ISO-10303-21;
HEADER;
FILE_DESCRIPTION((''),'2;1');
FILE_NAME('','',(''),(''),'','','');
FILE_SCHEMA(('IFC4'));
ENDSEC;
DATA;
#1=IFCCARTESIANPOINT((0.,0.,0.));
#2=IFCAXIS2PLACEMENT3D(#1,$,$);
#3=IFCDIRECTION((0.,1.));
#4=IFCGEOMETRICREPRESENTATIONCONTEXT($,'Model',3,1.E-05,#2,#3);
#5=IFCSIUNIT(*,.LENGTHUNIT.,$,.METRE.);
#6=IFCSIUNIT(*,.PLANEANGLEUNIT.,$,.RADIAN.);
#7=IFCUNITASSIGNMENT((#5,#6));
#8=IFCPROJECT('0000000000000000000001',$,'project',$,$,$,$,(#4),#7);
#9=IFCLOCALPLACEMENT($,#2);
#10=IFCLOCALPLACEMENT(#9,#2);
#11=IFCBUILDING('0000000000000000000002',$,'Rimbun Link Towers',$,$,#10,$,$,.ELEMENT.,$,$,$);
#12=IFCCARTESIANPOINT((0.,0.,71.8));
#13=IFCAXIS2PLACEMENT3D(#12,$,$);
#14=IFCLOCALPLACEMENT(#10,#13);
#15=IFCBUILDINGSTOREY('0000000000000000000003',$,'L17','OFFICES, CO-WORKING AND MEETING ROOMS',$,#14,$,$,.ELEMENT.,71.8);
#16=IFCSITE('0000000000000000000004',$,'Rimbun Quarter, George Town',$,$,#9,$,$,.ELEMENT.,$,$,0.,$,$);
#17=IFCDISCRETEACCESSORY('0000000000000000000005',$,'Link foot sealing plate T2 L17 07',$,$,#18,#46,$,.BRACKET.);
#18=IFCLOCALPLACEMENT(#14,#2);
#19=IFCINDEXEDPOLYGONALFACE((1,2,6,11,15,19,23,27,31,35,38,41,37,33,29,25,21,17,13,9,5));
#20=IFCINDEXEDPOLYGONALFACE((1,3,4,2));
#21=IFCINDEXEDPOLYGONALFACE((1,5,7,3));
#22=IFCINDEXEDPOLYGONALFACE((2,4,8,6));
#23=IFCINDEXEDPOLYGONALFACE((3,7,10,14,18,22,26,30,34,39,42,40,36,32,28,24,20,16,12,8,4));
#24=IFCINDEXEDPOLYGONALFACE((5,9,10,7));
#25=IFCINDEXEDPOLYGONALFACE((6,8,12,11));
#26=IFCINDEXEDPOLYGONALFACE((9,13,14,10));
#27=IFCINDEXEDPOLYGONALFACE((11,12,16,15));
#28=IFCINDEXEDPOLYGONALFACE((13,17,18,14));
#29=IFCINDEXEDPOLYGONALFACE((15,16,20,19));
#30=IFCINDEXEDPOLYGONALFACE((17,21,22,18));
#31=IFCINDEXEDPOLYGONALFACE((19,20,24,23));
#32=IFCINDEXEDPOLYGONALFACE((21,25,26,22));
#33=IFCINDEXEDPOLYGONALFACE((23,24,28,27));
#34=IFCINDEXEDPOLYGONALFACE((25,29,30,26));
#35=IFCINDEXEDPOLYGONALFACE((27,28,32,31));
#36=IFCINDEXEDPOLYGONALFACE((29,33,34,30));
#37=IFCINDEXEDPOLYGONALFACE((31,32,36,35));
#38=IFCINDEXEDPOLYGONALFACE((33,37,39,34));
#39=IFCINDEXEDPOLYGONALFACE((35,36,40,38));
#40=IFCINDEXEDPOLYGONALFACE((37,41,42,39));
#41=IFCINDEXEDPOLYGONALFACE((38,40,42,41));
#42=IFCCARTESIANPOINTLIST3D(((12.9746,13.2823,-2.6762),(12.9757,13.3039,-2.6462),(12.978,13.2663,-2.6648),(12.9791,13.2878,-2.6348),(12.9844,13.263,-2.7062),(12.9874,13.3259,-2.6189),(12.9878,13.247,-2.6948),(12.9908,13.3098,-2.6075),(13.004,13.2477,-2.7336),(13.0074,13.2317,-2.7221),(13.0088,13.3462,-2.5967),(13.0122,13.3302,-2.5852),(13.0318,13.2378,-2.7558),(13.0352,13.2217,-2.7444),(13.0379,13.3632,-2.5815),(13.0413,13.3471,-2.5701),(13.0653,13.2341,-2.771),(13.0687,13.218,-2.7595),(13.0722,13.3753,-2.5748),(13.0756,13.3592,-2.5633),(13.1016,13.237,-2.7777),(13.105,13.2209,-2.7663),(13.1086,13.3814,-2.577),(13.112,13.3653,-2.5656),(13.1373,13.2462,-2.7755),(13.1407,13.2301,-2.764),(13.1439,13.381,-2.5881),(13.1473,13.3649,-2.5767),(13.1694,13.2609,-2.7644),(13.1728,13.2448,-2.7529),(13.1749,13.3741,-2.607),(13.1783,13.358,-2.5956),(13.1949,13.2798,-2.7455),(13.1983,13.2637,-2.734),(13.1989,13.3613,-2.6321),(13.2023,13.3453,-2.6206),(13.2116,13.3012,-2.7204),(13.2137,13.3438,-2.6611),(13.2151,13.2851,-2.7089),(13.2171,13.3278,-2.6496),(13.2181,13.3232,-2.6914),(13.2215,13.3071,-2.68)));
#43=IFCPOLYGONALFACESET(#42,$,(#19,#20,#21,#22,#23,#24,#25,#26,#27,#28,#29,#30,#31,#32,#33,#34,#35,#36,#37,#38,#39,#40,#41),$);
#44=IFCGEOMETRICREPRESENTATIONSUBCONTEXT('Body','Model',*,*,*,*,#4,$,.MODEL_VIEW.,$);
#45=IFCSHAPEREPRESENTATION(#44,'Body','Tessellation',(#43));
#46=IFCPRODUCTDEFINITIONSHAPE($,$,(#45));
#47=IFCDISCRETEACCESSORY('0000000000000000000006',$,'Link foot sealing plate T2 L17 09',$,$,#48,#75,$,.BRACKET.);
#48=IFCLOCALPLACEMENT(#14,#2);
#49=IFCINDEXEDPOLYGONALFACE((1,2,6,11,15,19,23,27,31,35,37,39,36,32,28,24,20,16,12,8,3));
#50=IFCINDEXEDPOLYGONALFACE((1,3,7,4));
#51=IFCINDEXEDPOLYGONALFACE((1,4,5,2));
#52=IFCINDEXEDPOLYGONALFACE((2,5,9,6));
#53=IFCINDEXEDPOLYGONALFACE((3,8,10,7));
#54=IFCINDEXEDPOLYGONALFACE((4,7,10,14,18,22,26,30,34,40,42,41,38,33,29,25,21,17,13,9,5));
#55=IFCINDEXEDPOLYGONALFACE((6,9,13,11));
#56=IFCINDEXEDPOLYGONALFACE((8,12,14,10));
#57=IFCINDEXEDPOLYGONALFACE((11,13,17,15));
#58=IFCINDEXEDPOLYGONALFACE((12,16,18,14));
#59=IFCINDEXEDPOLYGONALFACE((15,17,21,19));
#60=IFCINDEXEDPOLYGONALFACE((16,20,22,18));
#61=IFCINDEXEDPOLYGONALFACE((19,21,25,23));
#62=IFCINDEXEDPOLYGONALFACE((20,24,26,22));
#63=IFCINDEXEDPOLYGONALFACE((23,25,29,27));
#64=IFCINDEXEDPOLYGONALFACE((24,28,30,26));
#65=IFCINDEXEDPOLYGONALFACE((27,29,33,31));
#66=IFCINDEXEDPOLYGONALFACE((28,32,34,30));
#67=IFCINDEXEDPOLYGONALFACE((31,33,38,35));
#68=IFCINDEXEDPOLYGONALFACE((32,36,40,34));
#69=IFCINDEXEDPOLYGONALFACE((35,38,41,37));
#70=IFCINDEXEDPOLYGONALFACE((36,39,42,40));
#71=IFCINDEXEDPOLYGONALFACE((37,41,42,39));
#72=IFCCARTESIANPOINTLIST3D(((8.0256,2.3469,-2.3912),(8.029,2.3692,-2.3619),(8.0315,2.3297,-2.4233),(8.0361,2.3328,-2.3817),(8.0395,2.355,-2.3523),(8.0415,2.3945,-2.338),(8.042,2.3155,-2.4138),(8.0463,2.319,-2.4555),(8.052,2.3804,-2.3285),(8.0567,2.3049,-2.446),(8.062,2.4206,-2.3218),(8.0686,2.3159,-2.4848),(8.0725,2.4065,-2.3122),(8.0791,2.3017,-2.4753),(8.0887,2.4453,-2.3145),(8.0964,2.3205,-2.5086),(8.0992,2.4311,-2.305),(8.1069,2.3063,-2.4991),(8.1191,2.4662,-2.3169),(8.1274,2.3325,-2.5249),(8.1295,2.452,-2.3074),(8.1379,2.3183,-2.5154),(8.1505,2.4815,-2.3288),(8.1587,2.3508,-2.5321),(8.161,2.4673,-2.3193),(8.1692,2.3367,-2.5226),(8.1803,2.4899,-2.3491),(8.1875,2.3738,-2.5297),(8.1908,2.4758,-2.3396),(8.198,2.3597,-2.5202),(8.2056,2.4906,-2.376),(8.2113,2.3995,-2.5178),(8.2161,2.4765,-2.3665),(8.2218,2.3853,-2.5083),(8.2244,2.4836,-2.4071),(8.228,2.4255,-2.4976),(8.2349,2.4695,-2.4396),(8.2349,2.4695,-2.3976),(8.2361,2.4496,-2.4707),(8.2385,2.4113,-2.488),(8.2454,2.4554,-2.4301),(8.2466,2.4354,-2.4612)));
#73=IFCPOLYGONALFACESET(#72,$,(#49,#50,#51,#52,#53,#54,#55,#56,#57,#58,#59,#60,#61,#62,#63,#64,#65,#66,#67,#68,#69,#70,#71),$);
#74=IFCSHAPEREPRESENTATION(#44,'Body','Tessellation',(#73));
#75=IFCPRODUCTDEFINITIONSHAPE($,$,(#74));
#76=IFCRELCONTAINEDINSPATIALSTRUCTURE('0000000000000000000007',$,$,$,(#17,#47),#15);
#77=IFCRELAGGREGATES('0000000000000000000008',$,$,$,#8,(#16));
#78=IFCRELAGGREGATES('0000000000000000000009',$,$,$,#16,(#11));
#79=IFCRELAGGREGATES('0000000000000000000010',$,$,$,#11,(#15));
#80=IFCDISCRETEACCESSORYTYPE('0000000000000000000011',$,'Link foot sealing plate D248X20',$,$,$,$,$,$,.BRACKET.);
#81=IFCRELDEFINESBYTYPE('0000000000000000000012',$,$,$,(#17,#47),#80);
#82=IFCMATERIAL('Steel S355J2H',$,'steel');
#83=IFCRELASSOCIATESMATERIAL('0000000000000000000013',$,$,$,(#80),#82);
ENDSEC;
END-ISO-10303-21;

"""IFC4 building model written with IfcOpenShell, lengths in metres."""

from ifc_helpers import new_model, si_unit, direction, frame, origin, origin_2d, place, context, subcontext, project, spatial, circle, extrude, material, material_profile, profile_set, type_object, element, save


model = new_model("IFC4")

# Units and contexts
model_context = context("Model", 3, precision=1e-05, world=origin(), true_north=direction((0.0, 1.0)))
body_context = subcontext(model_context, "Body", "Model", "MODEL_VIEW")
ifc_project = project(units=[si_unit("LENGTHUNIT", "METRE"), si_unit("PLANEANGLEUNIT", "RADIAN")], contexts=[model_context])

# Site, building, storey
site_placement = place(None, origin())
site = spatial("IfcSite", under=ifc_project, at=site_placement, Name="Rimbun Quarter, George Town", CompositionType="ELEMENT", RefElevation=0.0)
building_placement = place(site_placement, origin())
building = spatial("IfcBuilding", under=site, at=building_placement, Name="Rimbun Link Towers", CompositionType="ELEMENT")
storey_placement = place(building_placement, frame((0.0, 0.0, 71.8)))
storey = spatial("IfcBuildingStorey", under=building, at=storey_placement, Name="L17", Description="OFFICES, CO-WORKING AND MEETING ROOMS", CompositionType="ELEMENT", Elevation=71.8)

# Discrete accessories
ifc_material_1 = material(Name="Steel S355J2H", Category="steel")
ifc_material_profile_1 = material_profile(ifc_material_1, circle(Radius=0.124, at=origin_2d()), Name="PL D248")
ifc_profile_set_1 = profile_set([ifc_material_profile_1], Name="Steel S355J2H")
discrete_accessory_type = type_object("IfcDiscreteAccessoryType", Name="Link foot sealing plate D248X20", PredefinedType="BRACKET", material=ifc_profile_set_1)
for number, where, z_axis, x_axis, name in (
    (1, (13.0994, 13.292, -2.6648), (-0.170264, 0.802673, -0.5716), (-0.978234, -0.207504, 0.0), "Link foot sealing plate T2 L17 07"),
    (2, (8.1416, 2.3894, -2.4138), (-0.524001, 0.706792, -0.475256), (-0.803312, -0.595559, 0.0), "Link foot sealing plate T2 L17 09"),
):
    element("IfcDiscreteAccessory", number, at=place(storey_placement, frame(where, z_axis=z_axis, x_axis=x_axis)), inside=storey, type_object=discrete_accessory_type, Name=name, PredefinedType="BRACKET", context=body_context, shape_type="SweptSolid", body=[
        extrude(circle(Radius=0.124, at=origin_2d()), origin(), (0.0, 0.0, 1.0), 0.02),
    ])

save(model, "model.ifc")
